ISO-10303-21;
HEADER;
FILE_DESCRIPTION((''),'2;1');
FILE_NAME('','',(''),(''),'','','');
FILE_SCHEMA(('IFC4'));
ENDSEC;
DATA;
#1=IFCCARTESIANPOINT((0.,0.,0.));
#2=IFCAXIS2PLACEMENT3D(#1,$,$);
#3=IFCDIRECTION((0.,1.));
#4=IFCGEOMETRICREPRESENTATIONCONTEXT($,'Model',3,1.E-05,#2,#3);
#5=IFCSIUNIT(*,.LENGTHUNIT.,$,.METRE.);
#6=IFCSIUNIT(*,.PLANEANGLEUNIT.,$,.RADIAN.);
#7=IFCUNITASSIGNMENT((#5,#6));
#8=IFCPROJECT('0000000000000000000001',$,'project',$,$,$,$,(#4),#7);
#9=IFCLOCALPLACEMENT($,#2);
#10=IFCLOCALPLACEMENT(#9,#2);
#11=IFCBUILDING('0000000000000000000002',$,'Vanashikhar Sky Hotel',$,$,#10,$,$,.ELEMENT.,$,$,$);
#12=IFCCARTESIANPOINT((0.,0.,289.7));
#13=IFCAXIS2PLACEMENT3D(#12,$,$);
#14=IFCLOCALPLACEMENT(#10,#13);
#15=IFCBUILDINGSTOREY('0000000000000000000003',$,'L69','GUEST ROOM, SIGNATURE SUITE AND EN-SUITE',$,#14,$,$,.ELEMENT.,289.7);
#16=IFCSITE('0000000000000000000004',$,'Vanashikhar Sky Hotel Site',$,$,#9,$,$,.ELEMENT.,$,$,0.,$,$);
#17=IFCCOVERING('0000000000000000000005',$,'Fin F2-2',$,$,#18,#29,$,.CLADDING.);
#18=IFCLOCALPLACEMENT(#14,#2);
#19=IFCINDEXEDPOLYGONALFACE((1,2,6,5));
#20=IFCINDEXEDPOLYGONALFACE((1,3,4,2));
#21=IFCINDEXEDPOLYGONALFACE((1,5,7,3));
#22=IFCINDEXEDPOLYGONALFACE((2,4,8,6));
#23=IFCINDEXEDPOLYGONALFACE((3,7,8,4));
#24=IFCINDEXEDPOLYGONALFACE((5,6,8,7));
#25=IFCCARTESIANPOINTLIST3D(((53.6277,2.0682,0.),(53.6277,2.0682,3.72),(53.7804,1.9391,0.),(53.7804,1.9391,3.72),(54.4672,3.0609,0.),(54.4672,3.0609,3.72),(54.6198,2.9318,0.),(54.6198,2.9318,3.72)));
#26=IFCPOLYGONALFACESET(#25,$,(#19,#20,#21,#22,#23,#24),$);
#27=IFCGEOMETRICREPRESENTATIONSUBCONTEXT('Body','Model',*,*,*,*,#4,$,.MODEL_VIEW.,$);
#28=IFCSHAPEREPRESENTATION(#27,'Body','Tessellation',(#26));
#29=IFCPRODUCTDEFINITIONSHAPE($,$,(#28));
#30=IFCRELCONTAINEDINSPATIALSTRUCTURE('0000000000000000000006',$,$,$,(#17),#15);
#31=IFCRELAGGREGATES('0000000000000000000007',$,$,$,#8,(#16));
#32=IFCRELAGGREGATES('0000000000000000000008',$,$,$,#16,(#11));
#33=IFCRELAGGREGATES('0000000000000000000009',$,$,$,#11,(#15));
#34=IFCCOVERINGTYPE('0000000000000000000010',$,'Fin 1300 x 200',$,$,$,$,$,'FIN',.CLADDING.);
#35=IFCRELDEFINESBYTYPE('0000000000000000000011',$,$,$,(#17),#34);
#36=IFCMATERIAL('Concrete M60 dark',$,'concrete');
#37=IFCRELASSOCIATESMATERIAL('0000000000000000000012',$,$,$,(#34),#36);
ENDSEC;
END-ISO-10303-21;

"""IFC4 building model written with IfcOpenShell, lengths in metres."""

from ifc_helpers import new_model, si_unit, direction, frame, origin, origin_2d, place, context, subcontext, project, spatial, rectangle, extrude, source, transform, mapped, material, material_profile, profile_set, type_object, element, save


model = new_model("IFC4")

# Units and contexts
model_context = context("Model", 3, precision=1e-05, world=origin(), true_north=direction((0.0, 1.0)))
body_context = subcontext(model_context, "Body", "Model", "MODEL_VIEW")
ifc_project = project(units=[si_unit("LENGTHUNIT", "METRE"), si_unit("PLANEANGLEUNIT", "RADIAN")], contexts=[model_context])

# Site, building, storey
site_placement = place(None, origin())
site = spatial("IfcSite", under=ifc_project, at=site_placement, Name="Vanashikhar Sky Hotel Site", CompositionType="ELEMENT", RefElevation=0.0)
building_placement = place(site_placement, origin())
building = spatial("IfcBuilding", under=site, at=building_placement, Name="Vanashikhar Sky Hotel", CompositionType="ELEMENT")
storey_placement = place(building_placement, frame((0.0, 0.0, 289.7)))
storey = spatial("IfcBuildingStorey", under=building, at=storey_placement, Name="L69", Description="GUEST ROOM, SIGNATURE SUITE AND EN-SUITE", CompositionType="ELEMENT", Elevation=289.7)

# Covering
ifc_material_1 = material(Name="Concrete M60 dark", Category="concrete")
ifc_material_profile = material_profile(ifc_material_1, rectangle(XDim=1.3, YDim=0.2, at=origin_2d()))
ifc_profile_set = profile_set([ifc_material_profile], Name="Fin 1300 x 200")
covering_type = type_object("IfcCoveringType", Name="Fin 1300 x 200", ElementType="FIN", PredefinedType="CLADDING", material=ifc_profile_set)
shared_shape_1 = source(origin(), body_context, "Body", "SweptSolid", [
    extrude(rectangle(XDim=1.3, YDim=0.2, at=origin_2d()), origin(), (0.0, 0.0, 1.0), 3.72),
])
for number, where, z_axis, x_axis, name in (
    (1, (54.1238, 2.5, 0.0), (0.0, 0.0, 1.0), (-0.645698, -0.763593, 0.0), "Fin F2-2"),
):
    element("IfcCovering", number, at=place(storey_placement, frame(where, z_axis=z_axis, x_axis=x_axis)), inside=storey, type_object=covering_type, Name=name, PredefinedType="CLADDING", context=body_context, shape_type="MappedRepresentation", body=[
        mapped(shared_shape_1, transform((0.0, 0.0, 0.0), scale=1.0)),
    ])

save(model, "model.ifc")
